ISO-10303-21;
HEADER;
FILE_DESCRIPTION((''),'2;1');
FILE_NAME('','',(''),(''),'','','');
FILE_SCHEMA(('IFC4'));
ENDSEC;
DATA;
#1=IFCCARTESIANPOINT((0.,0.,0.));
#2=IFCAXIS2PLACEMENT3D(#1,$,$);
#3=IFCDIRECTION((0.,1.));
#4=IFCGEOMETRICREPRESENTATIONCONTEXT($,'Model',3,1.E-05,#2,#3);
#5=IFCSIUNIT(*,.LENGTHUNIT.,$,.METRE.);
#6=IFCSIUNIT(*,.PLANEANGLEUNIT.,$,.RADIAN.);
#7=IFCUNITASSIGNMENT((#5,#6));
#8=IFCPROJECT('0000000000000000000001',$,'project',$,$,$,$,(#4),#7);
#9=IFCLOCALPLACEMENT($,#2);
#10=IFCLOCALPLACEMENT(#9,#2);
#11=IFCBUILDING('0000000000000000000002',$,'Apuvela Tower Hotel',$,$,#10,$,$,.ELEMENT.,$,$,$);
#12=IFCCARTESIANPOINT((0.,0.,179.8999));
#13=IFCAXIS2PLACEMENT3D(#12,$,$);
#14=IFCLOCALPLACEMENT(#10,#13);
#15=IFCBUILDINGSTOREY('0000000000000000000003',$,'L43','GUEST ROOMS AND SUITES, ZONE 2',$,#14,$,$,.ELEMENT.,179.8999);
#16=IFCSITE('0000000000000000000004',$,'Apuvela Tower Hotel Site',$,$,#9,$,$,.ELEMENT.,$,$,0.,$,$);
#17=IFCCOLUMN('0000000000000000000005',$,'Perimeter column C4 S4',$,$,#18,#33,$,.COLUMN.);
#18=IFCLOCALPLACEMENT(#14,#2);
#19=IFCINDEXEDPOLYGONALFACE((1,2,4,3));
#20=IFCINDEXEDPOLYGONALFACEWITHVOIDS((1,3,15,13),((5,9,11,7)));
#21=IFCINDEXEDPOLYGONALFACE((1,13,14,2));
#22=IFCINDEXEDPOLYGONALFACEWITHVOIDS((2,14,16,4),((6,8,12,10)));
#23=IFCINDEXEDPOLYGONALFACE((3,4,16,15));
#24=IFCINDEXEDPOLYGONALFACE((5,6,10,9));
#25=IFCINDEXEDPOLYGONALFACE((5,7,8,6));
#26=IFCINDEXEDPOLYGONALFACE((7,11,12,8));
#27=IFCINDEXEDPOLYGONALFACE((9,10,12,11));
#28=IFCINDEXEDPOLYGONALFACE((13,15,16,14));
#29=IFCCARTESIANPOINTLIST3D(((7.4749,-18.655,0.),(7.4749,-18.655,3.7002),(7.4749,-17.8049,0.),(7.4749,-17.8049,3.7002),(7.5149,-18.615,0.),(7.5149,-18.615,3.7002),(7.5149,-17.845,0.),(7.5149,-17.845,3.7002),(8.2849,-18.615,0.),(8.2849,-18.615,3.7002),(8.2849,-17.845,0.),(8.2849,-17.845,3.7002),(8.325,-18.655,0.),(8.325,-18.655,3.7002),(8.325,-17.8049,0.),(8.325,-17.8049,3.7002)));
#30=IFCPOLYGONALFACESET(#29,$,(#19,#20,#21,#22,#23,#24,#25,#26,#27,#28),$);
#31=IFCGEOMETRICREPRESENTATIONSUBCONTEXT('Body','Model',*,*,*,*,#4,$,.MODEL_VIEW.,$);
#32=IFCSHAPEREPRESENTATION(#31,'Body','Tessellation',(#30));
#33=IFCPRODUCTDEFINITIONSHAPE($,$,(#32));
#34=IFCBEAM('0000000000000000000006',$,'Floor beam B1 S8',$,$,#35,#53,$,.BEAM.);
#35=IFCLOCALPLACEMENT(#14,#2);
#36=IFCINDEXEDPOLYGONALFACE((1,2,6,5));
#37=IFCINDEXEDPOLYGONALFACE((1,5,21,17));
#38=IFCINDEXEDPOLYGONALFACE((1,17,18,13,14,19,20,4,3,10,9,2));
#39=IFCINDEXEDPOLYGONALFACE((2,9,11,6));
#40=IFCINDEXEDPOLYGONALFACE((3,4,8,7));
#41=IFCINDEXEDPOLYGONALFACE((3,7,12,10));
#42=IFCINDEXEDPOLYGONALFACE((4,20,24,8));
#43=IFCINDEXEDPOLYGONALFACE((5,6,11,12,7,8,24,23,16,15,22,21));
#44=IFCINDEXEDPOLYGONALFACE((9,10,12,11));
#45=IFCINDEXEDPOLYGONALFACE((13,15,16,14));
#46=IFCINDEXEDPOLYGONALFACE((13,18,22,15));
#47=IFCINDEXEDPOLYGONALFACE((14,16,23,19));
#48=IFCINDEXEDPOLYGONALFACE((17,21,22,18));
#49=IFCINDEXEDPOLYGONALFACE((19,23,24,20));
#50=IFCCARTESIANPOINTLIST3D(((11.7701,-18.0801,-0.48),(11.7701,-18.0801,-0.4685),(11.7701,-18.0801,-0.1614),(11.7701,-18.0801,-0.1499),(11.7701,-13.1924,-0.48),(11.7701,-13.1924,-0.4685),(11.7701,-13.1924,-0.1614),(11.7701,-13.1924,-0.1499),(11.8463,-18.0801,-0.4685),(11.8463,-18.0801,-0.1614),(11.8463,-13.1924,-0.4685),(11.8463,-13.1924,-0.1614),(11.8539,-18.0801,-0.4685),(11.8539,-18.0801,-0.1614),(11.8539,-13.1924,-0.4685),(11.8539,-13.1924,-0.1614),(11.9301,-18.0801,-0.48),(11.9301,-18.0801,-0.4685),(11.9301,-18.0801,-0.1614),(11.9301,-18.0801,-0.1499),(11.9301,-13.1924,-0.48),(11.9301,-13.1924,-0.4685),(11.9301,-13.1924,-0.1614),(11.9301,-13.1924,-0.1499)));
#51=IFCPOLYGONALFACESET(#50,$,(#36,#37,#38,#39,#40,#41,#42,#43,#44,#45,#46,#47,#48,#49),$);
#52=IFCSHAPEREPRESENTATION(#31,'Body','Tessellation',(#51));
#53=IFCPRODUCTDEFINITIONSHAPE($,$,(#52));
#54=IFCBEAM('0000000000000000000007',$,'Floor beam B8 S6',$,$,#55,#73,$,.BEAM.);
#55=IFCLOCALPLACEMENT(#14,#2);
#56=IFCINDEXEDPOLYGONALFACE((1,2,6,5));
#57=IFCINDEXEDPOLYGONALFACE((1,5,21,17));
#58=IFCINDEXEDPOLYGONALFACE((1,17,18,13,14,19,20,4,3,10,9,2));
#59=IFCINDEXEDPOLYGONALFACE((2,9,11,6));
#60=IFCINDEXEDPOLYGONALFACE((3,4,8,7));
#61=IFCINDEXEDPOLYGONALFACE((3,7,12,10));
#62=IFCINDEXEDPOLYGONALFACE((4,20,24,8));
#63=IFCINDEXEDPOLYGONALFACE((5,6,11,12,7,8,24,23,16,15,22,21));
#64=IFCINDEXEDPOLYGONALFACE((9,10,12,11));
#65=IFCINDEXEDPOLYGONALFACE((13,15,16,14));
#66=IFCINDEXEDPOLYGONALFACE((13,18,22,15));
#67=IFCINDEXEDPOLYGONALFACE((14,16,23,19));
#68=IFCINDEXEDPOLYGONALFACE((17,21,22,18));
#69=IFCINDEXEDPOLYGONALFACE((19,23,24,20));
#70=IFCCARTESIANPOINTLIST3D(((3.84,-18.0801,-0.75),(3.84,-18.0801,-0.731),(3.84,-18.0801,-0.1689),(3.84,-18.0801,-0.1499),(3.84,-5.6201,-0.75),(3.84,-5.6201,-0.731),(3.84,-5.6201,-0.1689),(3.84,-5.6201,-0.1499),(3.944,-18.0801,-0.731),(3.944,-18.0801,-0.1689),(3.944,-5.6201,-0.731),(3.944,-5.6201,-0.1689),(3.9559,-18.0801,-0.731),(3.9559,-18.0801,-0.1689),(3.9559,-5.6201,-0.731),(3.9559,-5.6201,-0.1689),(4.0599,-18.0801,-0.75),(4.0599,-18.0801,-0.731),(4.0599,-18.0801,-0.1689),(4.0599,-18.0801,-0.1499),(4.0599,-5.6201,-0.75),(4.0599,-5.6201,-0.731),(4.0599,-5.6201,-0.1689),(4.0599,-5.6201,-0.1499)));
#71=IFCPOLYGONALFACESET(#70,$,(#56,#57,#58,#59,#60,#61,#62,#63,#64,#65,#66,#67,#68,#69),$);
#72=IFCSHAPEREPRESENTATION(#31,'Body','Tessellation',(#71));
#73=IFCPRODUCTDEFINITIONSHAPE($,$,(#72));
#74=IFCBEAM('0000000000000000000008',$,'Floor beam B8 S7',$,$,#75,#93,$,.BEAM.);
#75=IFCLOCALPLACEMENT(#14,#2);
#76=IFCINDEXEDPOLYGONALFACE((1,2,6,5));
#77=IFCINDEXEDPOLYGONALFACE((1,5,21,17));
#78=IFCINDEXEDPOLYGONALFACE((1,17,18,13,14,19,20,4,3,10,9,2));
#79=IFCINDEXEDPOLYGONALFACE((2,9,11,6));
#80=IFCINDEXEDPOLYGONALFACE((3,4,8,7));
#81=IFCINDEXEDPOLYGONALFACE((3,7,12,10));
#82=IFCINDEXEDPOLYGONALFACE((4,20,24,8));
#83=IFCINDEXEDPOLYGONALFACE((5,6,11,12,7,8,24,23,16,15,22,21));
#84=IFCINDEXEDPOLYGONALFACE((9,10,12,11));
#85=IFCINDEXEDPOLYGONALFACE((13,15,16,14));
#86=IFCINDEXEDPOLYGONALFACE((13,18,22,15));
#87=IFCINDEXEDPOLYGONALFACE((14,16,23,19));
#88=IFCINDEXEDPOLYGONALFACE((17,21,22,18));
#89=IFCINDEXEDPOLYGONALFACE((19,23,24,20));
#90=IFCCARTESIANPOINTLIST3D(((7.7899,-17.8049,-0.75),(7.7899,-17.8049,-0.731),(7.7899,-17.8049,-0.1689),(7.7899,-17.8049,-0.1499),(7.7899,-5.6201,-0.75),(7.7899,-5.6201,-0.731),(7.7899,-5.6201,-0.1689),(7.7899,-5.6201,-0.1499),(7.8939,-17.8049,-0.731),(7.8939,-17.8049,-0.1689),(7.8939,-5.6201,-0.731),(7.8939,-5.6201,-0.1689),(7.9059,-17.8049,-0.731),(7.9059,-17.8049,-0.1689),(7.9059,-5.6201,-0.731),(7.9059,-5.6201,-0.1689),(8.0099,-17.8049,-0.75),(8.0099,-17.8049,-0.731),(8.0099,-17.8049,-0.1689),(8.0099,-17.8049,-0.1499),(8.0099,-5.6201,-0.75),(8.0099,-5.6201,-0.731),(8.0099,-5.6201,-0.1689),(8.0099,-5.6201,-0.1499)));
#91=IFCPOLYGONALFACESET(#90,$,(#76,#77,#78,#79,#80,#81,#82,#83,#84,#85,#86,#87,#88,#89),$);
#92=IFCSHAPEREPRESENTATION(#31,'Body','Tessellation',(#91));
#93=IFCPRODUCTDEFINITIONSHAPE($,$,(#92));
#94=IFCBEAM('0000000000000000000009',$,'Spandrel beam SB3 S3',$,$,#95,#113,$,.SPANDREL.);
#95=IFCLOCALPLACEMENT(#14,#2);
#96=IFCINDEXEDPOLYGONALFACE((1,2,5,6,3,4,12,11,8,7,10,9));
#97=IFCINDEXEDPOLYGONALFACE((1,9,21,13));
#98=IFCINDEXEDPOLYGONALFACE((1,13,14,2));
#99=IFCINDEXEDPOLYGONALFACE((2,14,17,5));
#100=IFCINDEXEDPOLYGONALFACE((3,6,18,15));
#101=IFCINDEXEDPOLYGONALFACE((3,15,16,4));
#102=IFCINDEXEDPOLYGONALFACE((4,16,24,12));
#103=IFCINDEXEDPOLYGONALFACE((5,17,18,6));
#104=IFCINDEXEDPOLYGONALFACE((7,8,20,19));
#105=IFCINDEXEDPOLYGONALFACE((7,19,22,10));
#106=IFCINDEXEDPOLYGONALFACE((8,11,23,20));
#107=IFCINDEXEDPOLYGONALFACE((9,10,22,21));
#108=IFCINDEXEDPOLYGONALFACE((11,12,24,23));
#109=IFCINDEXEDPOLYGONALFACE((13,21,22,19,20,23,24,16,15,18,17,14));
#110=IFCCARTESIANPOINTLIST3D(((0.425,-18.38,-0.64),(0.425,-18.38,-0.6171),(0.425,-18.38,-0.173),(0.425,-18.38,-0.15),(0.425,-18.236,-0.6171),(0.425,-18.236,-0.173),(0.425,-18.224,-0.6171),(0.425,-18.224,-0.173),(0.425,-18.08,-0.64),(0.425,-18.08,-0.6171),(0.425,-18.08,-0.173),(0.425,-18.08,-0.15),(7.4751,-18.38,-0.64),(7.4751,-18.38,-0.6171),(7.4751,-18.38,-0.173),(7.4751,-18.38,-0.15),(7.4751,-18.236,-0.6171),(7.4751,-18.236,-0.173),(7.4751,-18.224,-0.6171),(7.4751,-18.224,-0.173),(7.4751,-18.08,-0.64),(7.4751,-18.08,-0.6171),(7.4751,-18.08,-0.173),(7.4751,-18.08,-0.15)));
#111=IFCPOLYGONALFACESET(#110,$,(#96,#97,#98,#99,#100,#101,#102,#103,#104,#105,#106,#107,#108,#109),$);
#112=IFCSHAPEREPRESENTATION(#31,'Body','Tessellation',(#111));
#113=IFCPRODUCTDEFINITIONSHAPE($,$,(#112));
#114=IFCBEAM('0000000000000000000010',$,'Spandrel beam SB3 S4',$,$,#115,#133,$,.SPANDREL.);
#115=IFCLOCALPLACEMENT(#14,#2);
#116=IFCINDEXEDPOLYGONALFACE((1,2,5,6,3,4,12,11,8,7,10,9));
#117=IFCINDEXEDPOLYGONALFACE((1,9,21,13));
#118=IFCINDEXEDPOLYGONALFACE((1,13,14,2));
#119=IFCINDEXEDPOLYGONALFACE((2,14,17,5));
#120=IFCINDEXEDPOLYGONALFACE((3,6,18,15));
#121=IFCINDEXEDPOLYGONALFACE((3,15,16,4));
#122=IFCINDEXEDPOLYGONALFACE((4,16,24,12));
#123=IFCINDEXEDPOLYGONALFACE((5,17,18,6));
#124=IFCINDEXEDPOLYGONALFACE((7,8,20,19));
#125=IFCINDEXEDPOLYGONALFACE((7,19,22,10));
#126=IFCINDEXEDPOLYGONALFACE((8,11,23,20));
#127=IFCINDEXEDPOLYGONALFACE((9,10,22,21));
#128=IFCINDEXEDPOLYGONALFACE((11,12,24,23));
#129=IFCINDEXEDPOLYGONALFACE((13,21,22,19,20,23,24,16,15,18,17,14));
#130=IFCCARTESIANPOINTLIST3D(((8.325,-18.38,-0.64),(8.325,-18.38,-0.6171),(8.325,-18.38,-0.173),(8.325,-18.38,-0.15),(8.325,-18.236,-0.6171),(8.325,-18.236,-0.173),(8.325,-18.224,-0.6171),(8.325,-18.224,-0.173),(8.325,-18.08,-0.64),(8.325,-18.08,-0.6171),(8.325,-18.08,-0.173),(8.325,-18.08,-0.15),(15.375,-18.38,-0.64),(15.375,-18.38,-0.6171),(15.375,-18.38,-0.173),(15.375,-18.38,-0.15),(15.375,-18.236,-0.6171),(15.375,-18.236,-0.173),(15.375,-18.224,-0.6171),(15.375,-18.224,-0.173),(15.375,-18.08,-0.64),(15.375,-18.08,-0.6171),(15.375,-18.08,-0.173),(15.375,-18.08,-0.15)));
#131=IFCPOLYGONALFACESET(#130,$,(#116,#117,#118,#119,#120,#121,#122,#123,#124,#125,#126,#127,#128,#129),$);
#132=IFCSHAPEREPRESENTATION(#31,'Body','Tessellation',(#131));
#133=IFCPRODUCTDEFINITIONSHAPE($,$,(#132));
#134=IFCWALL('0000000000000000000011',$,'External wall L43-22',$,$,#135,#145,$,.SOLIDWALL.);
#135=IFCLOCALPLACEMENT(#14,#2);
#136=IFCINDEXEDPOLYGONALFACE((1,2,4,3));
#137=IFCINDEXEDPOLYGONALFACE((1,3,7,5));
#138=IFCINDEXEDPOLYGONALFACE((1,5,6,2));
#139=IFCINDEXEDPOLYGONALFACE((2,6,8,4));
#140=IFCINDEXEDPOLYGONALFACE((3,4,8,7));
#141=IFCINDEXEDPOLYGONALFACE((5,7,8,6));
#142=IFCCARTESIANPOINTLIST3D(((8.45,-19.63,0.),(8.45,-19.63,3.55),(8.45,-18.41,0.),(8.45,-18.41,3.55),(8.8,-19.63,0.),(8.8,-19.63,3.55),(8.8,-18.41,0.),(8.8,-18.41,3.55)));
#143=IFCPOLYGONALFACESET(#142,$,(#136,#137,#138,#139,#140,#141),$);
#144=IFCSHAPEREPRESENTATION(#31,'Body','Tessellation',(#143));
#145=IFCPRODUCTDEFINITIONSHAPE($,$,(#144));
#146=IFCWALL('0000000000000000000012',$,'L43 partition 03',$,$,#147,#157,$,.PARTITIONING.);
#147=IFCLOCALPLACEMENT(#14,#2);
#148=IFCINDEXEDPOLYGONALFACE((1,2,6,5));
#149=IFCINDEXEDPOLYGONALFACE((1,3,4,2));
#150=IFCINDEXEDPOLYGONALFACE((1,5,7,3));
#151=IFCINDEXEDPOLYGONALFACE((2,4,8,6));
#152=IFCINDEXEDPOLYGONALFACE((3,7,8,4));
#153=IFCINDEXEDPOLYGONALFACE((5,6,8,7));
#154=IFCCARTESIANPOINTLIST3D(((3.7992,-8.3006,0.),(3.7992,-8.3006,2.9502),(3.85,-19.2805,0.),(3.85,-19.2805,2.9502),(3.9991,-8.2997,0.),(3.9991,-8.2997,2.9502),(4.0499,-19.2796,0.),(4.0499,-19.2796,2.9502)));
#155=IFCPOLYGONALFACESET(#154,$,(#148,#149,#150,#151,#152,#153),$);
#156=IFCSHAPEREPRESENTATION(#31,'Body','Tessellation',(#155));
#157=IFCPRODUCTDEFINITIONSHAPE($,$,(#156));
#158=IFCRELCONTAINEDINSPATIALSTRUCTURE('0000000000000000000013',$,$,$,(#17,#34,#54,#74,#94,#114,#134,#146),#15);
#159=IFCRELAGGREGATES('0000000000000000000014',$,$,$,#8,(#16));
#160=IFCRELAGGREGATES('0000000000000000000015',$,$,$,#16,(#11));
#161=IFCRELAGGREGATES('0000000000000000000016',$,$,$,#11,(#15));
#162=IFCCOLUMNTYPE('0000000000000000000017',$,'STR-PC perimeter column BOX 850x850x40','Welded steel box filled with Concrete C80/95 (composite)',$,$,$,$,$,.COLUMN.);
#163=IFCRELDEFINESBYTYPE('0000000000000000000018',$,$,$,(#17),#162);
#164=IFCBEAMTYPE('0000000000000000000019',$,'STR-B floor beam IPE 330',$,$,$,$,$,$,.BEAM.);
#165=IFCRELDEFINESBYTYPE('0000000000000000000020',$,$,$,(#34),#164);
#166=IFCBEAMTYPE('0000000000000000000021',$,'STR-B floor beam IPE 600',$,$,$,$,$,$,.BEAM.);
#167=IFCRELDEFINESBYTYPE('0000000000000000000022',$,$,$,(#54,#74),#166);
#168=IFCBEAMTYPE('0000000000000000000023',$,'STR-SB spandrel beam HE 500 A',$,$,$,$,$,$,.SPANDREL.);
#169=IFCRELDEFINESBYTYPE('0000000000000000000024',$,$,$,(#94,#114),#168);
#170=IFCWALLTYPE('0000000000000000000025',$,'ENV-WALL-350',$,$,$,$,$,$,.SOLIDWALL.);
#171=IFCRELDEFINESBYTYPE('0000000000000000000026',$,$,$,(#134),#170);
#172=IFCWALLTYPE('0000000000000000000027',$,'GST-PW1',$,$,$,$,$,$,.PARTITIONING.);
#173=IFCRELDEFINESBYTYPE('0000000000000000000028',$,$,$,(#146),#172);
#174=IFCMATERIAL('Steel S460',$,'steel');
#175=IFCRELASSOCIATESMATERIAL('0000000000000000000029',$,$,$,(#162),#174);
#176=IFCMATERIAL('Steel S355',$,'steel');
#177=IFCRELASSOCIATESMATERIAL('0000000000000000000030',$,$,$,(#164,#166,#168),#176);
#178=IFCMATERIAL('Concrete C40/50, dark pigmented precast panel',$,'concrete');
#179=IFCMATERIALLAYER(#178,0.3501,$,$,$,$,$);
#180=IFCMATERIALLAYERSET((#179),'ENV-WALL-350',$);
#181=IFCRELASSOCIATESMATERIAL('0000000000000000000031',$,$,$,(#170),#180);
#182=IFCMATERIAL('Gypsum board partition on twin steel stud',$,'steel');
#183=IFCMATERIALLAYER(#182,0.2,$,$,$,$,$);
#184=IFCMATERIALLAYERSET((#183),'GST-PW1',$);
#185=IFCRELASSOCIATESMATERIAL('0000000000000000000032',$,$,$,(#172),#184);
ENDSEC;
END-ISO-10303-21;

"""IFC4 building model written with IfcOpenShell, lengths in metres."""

from ifc_helpers import new_model, si_unit, direction, frame, frame_2d, origin, origin_2d, place, context, subcontext, project, spatial, rectangle, hollow_rectangle, i_section, extrude, material, layer, layer_set, material_profile, profile_set, type_object, element, save


model = new_model("IFC4")

# Units and contexts
model_context = context("Model", 3, precision=1e-05, world=origin(), true_north=direction((0.0, 1.0)))
body_context = subcontext(model_context, "Body", "Model", "MODEL_VIEW")
ifc_project = project(units=[si_unit("LENGTHUNIT", "METRE"), si_unit("PLANEANGLEUNIT", "RADIAN")], contexts=[model_context])

# Site, building, storey
site_placement = place(None, origin())
site = spatial("IfcSite", under=ifc_project, at=site_placement, Name="Apuvela Tower Hotel Site", CompositionType="ELEMENT", RefElevation=0.0)
building_placement = place(site_placement, origin())
building = spatial("IfcBuilding", under=site, at=building_placement, Name="Apuvela Tower Hotel", CompositionType="ELEMENT")
storey_placement = place(building_placement, frame((0.0, 0.0, 179.8999)))
storey = spatial("IfcBuildingStorey", under=building, at=storey_placement, Name="L43", Description="GUEST ROOMS AND SUITES, ZONE 2", CompositionType="ELEMENT", Elevation=179.8999)

# Column
ifc_material_1 = material(Name="Steel S460", Category="steel")
ifc_material_profile_1 = material_profile(ifc_material_1, hollow_rectangle(XDim=0.8501, YDim=0.8501, WallThickness=0.04, at=origin_2d()), Name="BOX 850x850x40")
ifc_material_2 = material(Name="Concrete C80/95", Category="concrete")
ifc_material_profile_2 = material_profile(ifc_material_2, rectangle(XDim=0.77, YDim=0.77, at=origin_2d()), Name="Concrete C80/95 infill")
ifc_profile_set_1 = profile_set([ifc_material_profile_1, ifc_material_profile_2], Name="Steel S460")
column_type = type_object("IfcColumnType", Name="STR-PC perimeter column BOX 850x850x40", Description="Welded steel box filled with Concrete C80/95 (composite)", PredefinedType="COLUMN", material=ifc_profile_set_1)
column_placement = place(storey_placement, frame((7.8999, -18.23, 0.0), z_axis=(0.0, 0.0, 1.0), x_axis=(-1.0, 0.0, 0.0)))
element("IfcColumn", 1, at=column_placement, inside=storey, type_object=column_type, Name="Perimeter column C4 S4", PredefinedType="COLUMN", context=body_context, shape_type="SweptSolid", body=[
    extrude(hollow_rectangle(XDim=0.8501, YDim=0.8501, WallThickness=0.04, at=origin_2d()), origin(), (0.0, 0.0, 1.0), 3.7002),
])

# Beams
ifc_material_3 = material(Name="Steel S355", Category="steel")
ifc_material_profile_3 = material_profile(ifc_material_3, i_section(OverallWidth=0.1599, OverallDepth=0.3301, WebThickness=0.0076, FlangeThickness=0.0115, at=origin_2d()), Name="IPE 330")
ifc_profile_set_2 = profile_set([ifc_material_profile_3], Name="Steel S355")
beam_type_1 = type_object("IfcBeamType", Name="STR-B floor beam IPE 330", PredefinedType="BEAM", material=ifc_profile_set_2)
beam_1_placement = place(storey_placement, frame((11.8501, -18.0801, -0.3149), z_axis=(0.0, 1.0, 0.0), x_axis=(-1.0, 0.0, 0.0)))
element("IfcBeam", 2, at=beam_1_placement, inside=storey, type_object=beam_type_1, Name="Floor beam B1 S8", PredefinedType="BEAM", context=body_context, shape_type="SweptSolid", body=[
    extrude(i_section(OverallWidth=0.1599, OverallDepth=0.3301, WebThickness=0.0076, FlangeThickness=0.0115, at=origin_2d()), origin(), (0.0, 0.0, 1.0), 4.8877),
])
ifc_material_profile_4 = material_profile(ifc_material_3, i_section(OverallWidth=0.22, OverallDepth=0.6001, WebThickness=0.012, FlangeThickness=0.019, at=origin_2d()), Name="IPE 600")
ifc_profile_set_3 = profile_set([ifc_material_profile_4], Name="Steel S355")
beam_type_2 = type_object("IfcBeamType", Name="STR-B floor beam IPE 600", PredefinedType="BEAM", material=ifc_profile_set_3)
beam_2_placement = place(storey_placement, frame((3.95, -18.0801, -0.45), z_axis=(0.0, 1.0, 0.0), x_axis=(-1.0, 0.0, 0.0)))
element("IfcBeam", 3, at=beam_2_placement, inside=storey, type_object=beam_type_2, Name="Floor beam B8 S6", PredefinedType="BEAM", context=body_context, shape_type="SweptSolid", body=[
    extrude(i_section(OverallWidth=0.22, OverallDepth=0.6001, WebThickness=0.012, FlangeThickness=0.019, at=origin_2d()), origin(), (0.0, 0.0, 1.0), 12.46),
])
beam_3_placement = place(storey_placement, frame((7.8999, -17.8049, -0.45), z_axis=(0.0, 1.0, 0.0), x_axis=(-1.0, 0.0, 0.0)))
element("IfcBeam", 4, at=beam_3_placement, inside=storey, type_object=beam_type_2, Name="Floor beam B8 S7", PredefinedType="BEAM", context=body_context, shape_type="SweptSolid", body=[
    extrude(i_section(OverallWidth=0.22, OverallDepth=0.6001, WebThickness=0.012, FlangeThickness=0.019, at=origin_2d()), origin(), (0.0, 0.0, 1.0), 12.1848),
])
ifc_material_profile_5 = material_profile(ifc_material_3, i_section(OverallWidth=0.3, OverallDepth=0.49, WebThickness=0.012, FlangeThickness=0.0229, at=origin_2d()), Name="HE 500 A")
ifc_profile_set_4 = profile_set([ifc_material_profile_5], Name="Steel S355")
beam_type_3 = type_object("IfcBeamType", Name="STR-SB spandrel beam HE 500 A", PredefinedType="SPANDREL", material=ifc_profile_set_4)
for number, where, z_axis, x_axis, name in (
    (5, (0.425, -18.23, -0.395), (1.0, 0.0, 0.0), (0.0, 1.0, 0.0), "Spandrel beam SB3 S3"),
    (6, (8.325, -18.23, -0.395), (1.0, 0.0, 0.0), (0.0, 1.0, 0.0), "Spandrel beam SB3 S4"),
):
    element("IfcBeam", number, at=place(storey_placement, frame(where, z_axis=z_axis, x_axis=x_axis)), inside=storey, type_object=beam_type_3, Name=name, PredefinedType="SPANDREL", context=body_context, shape_type="SweptSolid", body=[
        extrude(i_section(OverallWidth=0.3, OverallDepth=0.49, WebThickness=0.012, FlangeThickness=0.0229, at=origin_2d()), origin(), (0.0, 0.0, 1.0), 7.05),
    ])

# Wall
ifc_material_4 = material(Name="Concrete C40/50, dark pigmented precast panel", Category="concrete")
ifc_layer_1 = layer(ifc_material_4, 0.3501)
ifc_layer_set_1 = layer_set([ifc_layer_1], Name="ENV-WALL-350")
wall_type_1 = type_object("IfcWallType", Name="ENV-WALL-350", PredefinedType="SOLIDWALL", material=ifc_layer_set_1)
wall_1_placement = place(storey_placement, frame((8.625, -19.6299, 0.0), z_axis=(0.0, 0.0, 1.0), x_axis=(0.0, 1.0, 0.0)))
element("IfcWall", 7, at=wall_1_placement, inside=storey, type_object=wall_type_1, Name="External wall L43-22", PredefinedType="SOLIDWALL", context=body_context, shape_type="SweptSolid", body=[
    extrude(rectangle(XDim=1.22, YDim=0.3501, at=frame_2d((0.6099, 0.0))), origin(), (0.0, 0.0, 1.0), 3.55),
])

# Wall
ifc_material_5 = material(Name="Gypsum board partition on twin steel stud", Category="steel")
ifc_layer_2 = layer(ifc_material_5, 0.2)
ifc_layer_set_2 = layer_set([ifc_layer_2], Name="GST-PW1")
wall_type_2 = type_object("IfcWallType", Name="GST-PW1", PredefinedType="PARTITIONING", material=ifc_layer_set_2)
wall_2_placement = place(storey_placement, frame((3.95, -19.28, 0.0), z_axis=(0.0, 0.0, 1.0), x_axis=(-0.004625, 0.999989, 0.0)))
element("IfcWall", 8, at=wall_2_placement, inside=storey, type_object=wall_type_2, Name="L43 partition 03", PredefinedType="PARTITIONING", context=body_context, shape_type="SweptSolid", body=[
    extrude(rectangle(XDim=10.98, YDim=0.2, at=frame_2d((5.49, 0.0))), origin(), (0.0, 0.0, 1.0), 2.9502),
])

save(model, "model.ifc")
